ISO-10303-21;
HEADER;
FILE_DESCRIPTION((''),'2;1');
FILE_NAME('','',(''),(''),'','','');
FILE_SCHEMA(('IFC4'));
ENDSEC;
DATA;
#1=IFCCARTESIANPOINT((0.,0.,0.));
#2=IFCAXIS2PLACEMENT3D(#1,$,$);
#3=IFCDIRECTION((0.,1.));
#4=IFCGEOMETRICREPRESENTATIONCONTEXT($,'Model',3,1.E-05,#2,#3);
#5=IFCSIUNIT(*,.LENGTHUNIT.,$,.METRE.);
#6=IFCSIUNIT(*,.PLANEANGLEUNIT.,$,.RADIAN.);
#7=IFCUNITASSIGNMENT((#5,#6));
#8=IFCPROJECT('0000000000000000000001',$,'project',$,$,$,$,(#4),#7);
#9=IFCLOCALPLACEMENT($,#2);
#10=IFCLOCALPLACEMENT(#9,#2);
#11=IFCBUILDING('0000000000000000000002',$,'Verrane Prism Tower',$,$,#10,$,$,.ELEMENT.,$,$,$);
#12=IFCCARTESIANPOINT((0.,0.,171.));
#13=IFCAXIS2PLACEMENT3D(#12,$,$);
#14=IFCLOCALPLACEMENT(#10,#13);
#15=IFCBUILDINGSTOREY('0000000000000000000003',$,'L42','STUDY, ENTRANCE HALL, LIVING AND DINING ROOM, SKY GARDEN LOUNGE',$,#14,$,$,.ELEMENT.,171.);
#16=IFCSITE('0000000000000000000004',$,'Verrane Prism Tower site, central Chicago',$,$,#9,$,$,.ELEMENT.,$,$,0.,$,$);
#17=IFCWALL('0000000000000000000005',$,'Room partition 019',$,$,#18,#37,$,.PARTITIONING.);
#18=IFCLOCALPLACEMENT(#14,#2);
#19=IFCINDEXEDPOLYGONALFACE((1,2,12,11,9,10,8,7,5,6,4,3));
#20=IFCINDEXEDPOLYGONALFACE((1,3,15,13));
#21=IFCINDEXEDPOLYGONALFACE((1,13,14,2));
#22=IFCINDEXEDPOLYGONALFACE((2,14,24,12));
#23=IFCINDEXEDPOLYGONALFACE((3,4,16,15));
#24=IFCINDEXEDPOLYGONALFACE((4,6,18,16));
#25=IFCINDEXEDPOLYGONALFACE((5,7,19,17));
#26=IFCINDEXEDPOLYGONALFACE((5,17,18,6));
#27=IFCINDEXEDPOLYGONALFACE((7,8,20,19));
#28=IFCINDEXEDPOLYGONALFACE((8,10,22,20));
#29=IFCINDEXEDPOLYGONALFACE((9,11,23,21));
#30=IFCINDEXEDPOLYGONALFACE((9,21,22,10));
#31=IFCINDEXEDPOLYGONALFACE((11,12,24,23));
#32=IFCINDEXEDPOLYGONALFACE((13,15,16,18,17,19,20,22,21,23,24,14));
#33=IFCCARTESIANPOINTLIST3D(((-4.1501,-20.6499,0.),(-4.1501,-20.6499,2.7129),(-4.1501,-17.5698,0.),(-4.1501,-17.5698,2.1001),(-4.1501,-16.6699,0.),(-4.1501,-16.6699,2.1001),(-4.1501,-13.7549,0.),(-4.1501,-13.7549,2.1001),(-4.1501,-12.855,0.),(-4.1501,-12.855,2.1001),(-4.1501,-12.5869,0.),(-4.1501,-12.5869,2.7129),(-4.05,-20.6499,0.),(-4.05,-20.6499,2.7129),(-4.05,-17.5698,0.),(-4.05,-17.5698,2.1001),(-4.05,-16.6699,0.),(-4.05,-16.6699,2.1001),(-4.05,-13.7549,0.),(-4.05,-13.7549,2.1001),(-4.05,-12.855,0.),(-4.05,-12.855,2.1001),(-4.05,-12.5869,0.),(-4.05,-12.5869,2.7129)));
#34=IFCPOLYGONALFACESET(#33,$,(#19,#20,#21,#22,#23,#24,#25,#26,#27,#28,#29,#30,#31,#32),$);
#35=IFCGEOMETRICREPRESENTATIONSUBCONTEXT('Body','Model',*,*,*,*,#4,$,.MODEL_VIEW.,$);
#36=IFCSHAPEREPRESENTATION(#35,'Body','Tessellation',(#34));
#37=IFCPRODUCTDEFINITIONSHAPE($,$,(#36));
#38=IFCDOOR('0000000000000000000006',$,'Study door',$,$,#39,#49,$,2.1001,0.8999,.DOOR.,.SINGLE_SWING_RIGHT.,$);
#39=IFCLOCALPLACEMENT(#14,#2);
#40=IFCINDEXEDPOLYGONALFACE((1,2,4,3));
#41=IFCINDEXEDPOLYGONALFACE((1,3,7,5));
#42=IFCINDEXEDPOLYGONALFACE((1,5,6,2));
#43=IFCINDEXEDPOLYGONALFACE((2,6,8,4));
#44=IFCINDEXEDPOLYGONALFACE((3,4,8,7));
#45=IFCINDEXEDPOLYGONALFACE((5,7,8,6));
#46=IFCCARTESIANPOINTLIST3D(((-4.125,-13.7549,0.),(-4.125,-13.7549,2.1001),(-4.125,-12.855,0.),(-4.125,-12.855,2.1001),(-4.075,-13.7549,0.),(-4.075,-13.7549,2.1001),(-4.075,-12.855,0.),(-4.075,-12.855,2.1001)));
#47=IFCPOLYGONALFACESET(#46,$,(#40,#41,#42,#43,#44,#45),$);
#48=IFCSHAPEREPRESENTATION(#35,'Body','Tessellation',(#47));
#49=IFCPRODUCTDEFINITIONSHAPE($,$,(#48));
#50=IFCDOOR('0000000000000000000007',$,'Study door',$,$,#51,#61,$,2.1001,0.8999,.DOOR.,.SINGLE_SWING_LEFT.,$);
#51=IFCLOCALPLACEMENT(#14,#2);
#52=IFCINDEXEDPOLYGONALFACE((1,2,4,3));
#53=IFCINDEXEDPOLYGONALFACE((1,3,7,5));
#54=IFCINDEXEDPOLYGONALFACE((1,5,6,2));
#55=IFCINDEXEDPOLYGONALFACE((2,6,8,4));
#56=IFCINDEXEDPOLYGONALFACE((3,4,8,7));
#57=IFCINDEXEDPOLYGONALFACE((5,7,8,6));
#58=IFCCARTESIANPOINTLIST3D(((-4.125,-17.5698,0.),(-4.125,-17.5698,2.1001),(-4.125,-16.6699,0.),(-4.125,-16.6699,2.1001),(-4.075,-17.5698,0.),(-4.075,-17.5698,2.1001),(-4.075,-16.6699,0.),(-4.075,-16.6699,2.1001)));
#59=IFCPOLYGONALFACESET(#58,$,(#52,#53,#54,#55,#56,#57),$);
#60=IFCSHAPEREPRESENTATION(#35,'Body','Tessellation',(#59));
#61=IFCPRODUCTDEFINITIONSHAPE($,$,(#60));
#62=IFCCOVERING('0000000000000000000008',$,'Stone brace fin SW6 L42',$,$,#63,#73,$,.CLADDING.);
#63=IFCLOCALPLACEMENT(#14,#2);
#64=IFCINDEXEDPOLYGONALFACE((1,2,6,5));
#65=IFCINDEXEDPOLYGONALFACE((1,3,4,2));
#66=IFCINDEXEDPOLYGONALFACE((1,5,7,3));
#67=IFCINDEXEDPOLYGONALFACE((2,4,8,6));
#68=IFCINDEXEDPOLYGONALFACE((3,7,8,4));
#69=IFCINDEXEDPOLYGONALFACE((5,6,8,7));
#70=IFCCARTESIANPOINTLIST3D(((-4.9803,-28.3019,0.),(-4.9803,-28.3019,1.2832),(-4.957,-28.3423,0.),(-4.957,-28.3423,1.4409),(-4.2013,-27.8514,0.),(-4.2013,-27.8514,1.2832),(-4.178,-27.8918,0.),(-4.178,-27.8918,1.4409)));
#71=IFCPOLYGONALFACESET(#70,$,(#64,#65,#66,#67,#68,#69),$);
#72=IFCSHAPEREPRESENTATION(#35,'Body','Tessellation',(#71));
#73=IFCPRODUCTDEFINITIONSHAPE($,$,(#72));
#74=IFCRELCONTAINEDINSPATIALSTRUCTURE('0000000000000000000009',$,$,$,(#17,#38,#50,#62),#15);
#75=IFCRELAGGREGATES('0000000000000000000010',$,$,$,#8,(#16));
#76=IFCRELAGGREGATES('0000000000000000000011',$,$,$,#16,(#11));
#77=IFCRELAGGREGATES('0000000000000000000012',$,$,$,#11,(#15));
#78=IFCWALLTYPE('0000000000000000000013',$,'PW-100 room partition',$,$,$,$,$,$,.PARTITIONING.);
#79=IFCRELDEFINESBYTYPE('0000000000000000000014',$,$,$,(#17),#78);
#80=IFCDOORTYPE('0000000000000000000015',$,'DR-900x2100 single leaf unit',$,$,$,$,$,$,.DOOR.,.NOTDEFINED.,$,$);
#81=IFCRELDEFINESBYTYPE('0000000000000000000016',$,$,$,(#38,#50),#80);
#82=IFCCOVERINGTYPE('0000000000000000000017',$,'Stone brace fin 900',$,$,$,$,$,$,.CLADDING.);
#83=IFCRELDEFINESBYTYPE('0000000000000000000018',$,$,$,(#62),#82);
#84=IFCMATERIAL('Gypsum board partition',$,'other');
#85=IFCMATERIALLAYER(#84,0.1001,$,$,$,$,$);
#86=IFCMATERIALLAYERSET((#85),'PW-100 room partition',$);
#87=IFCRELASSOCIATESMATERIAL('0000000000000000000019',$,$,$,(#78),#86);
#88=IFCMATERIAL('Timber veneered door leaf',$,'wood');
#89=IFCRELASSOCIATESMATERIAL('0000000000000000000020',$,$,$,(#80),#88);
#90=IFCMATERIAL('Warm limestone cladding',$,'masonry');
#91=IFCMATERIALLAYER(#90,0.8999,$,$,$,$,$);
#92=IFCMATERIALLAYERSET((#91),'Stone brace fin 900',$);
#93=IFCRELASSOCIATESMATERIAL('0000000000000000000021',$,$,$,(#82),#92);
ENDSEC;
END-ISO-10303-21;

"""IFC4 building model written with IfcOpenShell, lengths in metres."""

from ifc_helpers import new_model, si_unit, direction, frame, frame_2d, origin, place, context, subcontext, project, spatial, polyline, rectangle, outline, extrude, material, layer, layer_set, type_object, element, fill, save


model = new_model("IFC4")

# Units and contexts
model_context = context("Model", 3, precision=1e-05, world=origin(), true_north=direction((0.0, 1.0)))
body_context = subcontext(model_context, "Body", "Model", "MODEL_VIEW")
ifc_project = project(units=[si_unit("LENGTHUNIT", "METRE"), si_unit("PLANEANGLEUNIT", "RADIAN")], contexts=[model_context])

# Site, building, storey
site_placement = place(None, origin())
site = spatial("IfcSite", under=ifc_project, at=site_placement, Name="Verrane Prism Tower site, central Chicago", CompositionType="ELEMENT", RefElevation=0.0)
building_placement = place(site_placement, origin())
building = spatial("IfcBuilding", under=site, at=building_placement, Name="Verrane Prism Tower", CompositionType="ELEMENT")
storey_placement = place(building_placement, frame((0.0, 0.0, 171.0)))
storey = spatial("IfcBuildingStorey", under=building, at=storey_placement, Name="L42", Description="STUDY, ENTRANCE HALL, LIVING AND DINING ROOM, SKY GARDEN LOUNGE", CompositionType="ELEMENT", Elevation=171.0)

# Shared definitions
ifc_material_1 = material(Name="Gypsum board partition", Category="other")
ifc_layer_1 = layer(ifc_material_1, 0.1001)
ifc_layer_set_1 = layer_set([ifc_layer_1], Name="PW-100 room partition")
wall_type = type_object("IfcWallType", Name="PW-100 room partition", PredefinedType="PARTITIONING", material=ifc_layer_set_1)

# Wall, openings, doors
wall_1_placement = place(storey_placement, frame((-4.1001, -20.6499, 0.0), z_axis=(0.0, 0.0, 1.0), x_axis=(0.0, 1.0, 0.0)))
wall_1 = element("IfcWall", 1, at=wall_1_placement, inside=storey, type_object=wall_type, Name="Room partition 019", PredefinedType="PARTITIONING", context=body_context, shape_type="SweptSolid", body=[
    extrude(rectangle(XDim=8.063, YDim=0.1001, at=frame_2d((4.0315, 0.0))), origin(), (0.0, 0.0, 1.0), 2.7129),
])
opening_1_placement = place(wall_1_placement, frame((6.895, 0.0, 0.0)))
opening_1 = element("IfcOpeningElement", 2, at=opening_1_placement, cuts=wall_1, PredefinedType="OPENING", context=body_context, shape_type="SweptSolid", body=[
    extrude(rectangle(XDim=0.8999, YDim=2.1001, at=frame_2d((0.45, 1.05))), frame((0.0, 0.0601, 0.0), z_axis=(0.0, -1.0, 0.0), x_axis=(1.0, 0.0, 0.0)), (0.0, 0.0, 1.0), 0.1201),
])
opening_2_placement = place(wall_1_placement, frame((3.0801, 0.0, 0.0)))
opening_2 = element("IfcOpeningElement", 3, at=opening_2_placement, cuts=wall_1, PredefinedType="OPENING", context=body_context, shape_type="SweptSolid", body=[
    extrude(rectangle(XDim=0.8999, YDim=2.1001, at=frame_2d((0.45, 1.05))), frame((0.0, 0.0601, 0.0), z_axis=(0.0, -1.0, 0.0), x_axis=(1.0, 0.0, 0.0)), (0.0, 0.0, 1.0), 0.1201),
])
ifc_material_2 = material(Name="Timber veneered door leaf", Category="wood")
door_type = type_object("IfcDoorType", Name="DR-900x2100 single leaf unit", OperationType="NOTDEFINED", PredefinedType="DOOR", material=ifc_material_2)
door_1_placement = place(opening_1_placement, origin())
door_1 = element("IfcDoor", 4, at=door_1_placement, inside=storey, type_object=door_type, Name="Study door", OperationType="SINGLE_SWING_RIGHT", OverallHeight=2.1001, OverallWidth=0.8999, PredefinedType="DOOR", context=body_context, shape_type="SweptSolid", body=[
    extrude(rectangle(XDim=0.8999, YDim=2.1001, at=frame_2d((0.45, 1.05))), frame((0.0, 0.0249, 0.0), z_axis=(0.0, -1.0, 0.0), x_axis=(1.0, 0.0, 0.0)), (0.0, 0.0, 1.0), 0.05),
])
fill(opening_1, door_1)
door_2_placement = place(opening_2_placement, origin())
door_2 = element("IfcDoor", 5, at=door_2_placement, inside=storey, type_object=door_type, Name="Study door", OperationType="SINGLE_SWING_LEFT", OverallHeight=2.1001, OverallWidth=0.8999, PredefinedType="DOOR", context=body_context, shape_type="SweptSolid", body=[
    extrude(rectangle(XDim=0.8999, YDim=2.1001, at=frame_2d((0.45, 1.05))), frame((0.0, 0.0249, 0.0), z_axis=(0.0, -1.0, 0.0), x_axis=(1.0, 0.0, 0.0)), (0.0, 0.0, 1.0), 0.05),
])
fill(opening_2, door_2)

# Covering
ifc_material_3 = material(Name="Warm limestone cladding", Category="masonry")
ifc_layer_2 = layer(ifc_material_3, 0.8999)
ifc_layer_set_2 = layer_set([ifc_layer_2], Name="Stone brace fin 900")
covering_type = type_object("IfcCoveringType", Name="Stone brace fin 900", PredefinedType="CLADDING", material=ifc_layer_set_2)
covering_placement = place(storey_placement, frame((-4.5908, -28.0767, 0.0), z_axis=(0.0, 0.0, 1.0), x_axis=(0.500625, -0.865664, 0.0)))
element("IfcCovering", 6, at=covering_placement, inside=storey, type_object=covering_type, Name="Stone brace fin SW6 L42", PredefinedType="CLADDING", context=body_context, shape_type="SweptSolid", body=[
    extrude(outline(polyline([(0.0, 0.0), (0.0466, 0.0), (0.0466, 1.4409), (0.0, 1.2832), (0.0, 0.0)])), frame((0.0, 0.45, 0.0), z_axis=(0.0, -1.0, 0.0), x_axis=(1.0, 0.0, 0.0)), (0.0, 0.0, 1.0), 0.8999),
])

save(model, "model.ifc")
